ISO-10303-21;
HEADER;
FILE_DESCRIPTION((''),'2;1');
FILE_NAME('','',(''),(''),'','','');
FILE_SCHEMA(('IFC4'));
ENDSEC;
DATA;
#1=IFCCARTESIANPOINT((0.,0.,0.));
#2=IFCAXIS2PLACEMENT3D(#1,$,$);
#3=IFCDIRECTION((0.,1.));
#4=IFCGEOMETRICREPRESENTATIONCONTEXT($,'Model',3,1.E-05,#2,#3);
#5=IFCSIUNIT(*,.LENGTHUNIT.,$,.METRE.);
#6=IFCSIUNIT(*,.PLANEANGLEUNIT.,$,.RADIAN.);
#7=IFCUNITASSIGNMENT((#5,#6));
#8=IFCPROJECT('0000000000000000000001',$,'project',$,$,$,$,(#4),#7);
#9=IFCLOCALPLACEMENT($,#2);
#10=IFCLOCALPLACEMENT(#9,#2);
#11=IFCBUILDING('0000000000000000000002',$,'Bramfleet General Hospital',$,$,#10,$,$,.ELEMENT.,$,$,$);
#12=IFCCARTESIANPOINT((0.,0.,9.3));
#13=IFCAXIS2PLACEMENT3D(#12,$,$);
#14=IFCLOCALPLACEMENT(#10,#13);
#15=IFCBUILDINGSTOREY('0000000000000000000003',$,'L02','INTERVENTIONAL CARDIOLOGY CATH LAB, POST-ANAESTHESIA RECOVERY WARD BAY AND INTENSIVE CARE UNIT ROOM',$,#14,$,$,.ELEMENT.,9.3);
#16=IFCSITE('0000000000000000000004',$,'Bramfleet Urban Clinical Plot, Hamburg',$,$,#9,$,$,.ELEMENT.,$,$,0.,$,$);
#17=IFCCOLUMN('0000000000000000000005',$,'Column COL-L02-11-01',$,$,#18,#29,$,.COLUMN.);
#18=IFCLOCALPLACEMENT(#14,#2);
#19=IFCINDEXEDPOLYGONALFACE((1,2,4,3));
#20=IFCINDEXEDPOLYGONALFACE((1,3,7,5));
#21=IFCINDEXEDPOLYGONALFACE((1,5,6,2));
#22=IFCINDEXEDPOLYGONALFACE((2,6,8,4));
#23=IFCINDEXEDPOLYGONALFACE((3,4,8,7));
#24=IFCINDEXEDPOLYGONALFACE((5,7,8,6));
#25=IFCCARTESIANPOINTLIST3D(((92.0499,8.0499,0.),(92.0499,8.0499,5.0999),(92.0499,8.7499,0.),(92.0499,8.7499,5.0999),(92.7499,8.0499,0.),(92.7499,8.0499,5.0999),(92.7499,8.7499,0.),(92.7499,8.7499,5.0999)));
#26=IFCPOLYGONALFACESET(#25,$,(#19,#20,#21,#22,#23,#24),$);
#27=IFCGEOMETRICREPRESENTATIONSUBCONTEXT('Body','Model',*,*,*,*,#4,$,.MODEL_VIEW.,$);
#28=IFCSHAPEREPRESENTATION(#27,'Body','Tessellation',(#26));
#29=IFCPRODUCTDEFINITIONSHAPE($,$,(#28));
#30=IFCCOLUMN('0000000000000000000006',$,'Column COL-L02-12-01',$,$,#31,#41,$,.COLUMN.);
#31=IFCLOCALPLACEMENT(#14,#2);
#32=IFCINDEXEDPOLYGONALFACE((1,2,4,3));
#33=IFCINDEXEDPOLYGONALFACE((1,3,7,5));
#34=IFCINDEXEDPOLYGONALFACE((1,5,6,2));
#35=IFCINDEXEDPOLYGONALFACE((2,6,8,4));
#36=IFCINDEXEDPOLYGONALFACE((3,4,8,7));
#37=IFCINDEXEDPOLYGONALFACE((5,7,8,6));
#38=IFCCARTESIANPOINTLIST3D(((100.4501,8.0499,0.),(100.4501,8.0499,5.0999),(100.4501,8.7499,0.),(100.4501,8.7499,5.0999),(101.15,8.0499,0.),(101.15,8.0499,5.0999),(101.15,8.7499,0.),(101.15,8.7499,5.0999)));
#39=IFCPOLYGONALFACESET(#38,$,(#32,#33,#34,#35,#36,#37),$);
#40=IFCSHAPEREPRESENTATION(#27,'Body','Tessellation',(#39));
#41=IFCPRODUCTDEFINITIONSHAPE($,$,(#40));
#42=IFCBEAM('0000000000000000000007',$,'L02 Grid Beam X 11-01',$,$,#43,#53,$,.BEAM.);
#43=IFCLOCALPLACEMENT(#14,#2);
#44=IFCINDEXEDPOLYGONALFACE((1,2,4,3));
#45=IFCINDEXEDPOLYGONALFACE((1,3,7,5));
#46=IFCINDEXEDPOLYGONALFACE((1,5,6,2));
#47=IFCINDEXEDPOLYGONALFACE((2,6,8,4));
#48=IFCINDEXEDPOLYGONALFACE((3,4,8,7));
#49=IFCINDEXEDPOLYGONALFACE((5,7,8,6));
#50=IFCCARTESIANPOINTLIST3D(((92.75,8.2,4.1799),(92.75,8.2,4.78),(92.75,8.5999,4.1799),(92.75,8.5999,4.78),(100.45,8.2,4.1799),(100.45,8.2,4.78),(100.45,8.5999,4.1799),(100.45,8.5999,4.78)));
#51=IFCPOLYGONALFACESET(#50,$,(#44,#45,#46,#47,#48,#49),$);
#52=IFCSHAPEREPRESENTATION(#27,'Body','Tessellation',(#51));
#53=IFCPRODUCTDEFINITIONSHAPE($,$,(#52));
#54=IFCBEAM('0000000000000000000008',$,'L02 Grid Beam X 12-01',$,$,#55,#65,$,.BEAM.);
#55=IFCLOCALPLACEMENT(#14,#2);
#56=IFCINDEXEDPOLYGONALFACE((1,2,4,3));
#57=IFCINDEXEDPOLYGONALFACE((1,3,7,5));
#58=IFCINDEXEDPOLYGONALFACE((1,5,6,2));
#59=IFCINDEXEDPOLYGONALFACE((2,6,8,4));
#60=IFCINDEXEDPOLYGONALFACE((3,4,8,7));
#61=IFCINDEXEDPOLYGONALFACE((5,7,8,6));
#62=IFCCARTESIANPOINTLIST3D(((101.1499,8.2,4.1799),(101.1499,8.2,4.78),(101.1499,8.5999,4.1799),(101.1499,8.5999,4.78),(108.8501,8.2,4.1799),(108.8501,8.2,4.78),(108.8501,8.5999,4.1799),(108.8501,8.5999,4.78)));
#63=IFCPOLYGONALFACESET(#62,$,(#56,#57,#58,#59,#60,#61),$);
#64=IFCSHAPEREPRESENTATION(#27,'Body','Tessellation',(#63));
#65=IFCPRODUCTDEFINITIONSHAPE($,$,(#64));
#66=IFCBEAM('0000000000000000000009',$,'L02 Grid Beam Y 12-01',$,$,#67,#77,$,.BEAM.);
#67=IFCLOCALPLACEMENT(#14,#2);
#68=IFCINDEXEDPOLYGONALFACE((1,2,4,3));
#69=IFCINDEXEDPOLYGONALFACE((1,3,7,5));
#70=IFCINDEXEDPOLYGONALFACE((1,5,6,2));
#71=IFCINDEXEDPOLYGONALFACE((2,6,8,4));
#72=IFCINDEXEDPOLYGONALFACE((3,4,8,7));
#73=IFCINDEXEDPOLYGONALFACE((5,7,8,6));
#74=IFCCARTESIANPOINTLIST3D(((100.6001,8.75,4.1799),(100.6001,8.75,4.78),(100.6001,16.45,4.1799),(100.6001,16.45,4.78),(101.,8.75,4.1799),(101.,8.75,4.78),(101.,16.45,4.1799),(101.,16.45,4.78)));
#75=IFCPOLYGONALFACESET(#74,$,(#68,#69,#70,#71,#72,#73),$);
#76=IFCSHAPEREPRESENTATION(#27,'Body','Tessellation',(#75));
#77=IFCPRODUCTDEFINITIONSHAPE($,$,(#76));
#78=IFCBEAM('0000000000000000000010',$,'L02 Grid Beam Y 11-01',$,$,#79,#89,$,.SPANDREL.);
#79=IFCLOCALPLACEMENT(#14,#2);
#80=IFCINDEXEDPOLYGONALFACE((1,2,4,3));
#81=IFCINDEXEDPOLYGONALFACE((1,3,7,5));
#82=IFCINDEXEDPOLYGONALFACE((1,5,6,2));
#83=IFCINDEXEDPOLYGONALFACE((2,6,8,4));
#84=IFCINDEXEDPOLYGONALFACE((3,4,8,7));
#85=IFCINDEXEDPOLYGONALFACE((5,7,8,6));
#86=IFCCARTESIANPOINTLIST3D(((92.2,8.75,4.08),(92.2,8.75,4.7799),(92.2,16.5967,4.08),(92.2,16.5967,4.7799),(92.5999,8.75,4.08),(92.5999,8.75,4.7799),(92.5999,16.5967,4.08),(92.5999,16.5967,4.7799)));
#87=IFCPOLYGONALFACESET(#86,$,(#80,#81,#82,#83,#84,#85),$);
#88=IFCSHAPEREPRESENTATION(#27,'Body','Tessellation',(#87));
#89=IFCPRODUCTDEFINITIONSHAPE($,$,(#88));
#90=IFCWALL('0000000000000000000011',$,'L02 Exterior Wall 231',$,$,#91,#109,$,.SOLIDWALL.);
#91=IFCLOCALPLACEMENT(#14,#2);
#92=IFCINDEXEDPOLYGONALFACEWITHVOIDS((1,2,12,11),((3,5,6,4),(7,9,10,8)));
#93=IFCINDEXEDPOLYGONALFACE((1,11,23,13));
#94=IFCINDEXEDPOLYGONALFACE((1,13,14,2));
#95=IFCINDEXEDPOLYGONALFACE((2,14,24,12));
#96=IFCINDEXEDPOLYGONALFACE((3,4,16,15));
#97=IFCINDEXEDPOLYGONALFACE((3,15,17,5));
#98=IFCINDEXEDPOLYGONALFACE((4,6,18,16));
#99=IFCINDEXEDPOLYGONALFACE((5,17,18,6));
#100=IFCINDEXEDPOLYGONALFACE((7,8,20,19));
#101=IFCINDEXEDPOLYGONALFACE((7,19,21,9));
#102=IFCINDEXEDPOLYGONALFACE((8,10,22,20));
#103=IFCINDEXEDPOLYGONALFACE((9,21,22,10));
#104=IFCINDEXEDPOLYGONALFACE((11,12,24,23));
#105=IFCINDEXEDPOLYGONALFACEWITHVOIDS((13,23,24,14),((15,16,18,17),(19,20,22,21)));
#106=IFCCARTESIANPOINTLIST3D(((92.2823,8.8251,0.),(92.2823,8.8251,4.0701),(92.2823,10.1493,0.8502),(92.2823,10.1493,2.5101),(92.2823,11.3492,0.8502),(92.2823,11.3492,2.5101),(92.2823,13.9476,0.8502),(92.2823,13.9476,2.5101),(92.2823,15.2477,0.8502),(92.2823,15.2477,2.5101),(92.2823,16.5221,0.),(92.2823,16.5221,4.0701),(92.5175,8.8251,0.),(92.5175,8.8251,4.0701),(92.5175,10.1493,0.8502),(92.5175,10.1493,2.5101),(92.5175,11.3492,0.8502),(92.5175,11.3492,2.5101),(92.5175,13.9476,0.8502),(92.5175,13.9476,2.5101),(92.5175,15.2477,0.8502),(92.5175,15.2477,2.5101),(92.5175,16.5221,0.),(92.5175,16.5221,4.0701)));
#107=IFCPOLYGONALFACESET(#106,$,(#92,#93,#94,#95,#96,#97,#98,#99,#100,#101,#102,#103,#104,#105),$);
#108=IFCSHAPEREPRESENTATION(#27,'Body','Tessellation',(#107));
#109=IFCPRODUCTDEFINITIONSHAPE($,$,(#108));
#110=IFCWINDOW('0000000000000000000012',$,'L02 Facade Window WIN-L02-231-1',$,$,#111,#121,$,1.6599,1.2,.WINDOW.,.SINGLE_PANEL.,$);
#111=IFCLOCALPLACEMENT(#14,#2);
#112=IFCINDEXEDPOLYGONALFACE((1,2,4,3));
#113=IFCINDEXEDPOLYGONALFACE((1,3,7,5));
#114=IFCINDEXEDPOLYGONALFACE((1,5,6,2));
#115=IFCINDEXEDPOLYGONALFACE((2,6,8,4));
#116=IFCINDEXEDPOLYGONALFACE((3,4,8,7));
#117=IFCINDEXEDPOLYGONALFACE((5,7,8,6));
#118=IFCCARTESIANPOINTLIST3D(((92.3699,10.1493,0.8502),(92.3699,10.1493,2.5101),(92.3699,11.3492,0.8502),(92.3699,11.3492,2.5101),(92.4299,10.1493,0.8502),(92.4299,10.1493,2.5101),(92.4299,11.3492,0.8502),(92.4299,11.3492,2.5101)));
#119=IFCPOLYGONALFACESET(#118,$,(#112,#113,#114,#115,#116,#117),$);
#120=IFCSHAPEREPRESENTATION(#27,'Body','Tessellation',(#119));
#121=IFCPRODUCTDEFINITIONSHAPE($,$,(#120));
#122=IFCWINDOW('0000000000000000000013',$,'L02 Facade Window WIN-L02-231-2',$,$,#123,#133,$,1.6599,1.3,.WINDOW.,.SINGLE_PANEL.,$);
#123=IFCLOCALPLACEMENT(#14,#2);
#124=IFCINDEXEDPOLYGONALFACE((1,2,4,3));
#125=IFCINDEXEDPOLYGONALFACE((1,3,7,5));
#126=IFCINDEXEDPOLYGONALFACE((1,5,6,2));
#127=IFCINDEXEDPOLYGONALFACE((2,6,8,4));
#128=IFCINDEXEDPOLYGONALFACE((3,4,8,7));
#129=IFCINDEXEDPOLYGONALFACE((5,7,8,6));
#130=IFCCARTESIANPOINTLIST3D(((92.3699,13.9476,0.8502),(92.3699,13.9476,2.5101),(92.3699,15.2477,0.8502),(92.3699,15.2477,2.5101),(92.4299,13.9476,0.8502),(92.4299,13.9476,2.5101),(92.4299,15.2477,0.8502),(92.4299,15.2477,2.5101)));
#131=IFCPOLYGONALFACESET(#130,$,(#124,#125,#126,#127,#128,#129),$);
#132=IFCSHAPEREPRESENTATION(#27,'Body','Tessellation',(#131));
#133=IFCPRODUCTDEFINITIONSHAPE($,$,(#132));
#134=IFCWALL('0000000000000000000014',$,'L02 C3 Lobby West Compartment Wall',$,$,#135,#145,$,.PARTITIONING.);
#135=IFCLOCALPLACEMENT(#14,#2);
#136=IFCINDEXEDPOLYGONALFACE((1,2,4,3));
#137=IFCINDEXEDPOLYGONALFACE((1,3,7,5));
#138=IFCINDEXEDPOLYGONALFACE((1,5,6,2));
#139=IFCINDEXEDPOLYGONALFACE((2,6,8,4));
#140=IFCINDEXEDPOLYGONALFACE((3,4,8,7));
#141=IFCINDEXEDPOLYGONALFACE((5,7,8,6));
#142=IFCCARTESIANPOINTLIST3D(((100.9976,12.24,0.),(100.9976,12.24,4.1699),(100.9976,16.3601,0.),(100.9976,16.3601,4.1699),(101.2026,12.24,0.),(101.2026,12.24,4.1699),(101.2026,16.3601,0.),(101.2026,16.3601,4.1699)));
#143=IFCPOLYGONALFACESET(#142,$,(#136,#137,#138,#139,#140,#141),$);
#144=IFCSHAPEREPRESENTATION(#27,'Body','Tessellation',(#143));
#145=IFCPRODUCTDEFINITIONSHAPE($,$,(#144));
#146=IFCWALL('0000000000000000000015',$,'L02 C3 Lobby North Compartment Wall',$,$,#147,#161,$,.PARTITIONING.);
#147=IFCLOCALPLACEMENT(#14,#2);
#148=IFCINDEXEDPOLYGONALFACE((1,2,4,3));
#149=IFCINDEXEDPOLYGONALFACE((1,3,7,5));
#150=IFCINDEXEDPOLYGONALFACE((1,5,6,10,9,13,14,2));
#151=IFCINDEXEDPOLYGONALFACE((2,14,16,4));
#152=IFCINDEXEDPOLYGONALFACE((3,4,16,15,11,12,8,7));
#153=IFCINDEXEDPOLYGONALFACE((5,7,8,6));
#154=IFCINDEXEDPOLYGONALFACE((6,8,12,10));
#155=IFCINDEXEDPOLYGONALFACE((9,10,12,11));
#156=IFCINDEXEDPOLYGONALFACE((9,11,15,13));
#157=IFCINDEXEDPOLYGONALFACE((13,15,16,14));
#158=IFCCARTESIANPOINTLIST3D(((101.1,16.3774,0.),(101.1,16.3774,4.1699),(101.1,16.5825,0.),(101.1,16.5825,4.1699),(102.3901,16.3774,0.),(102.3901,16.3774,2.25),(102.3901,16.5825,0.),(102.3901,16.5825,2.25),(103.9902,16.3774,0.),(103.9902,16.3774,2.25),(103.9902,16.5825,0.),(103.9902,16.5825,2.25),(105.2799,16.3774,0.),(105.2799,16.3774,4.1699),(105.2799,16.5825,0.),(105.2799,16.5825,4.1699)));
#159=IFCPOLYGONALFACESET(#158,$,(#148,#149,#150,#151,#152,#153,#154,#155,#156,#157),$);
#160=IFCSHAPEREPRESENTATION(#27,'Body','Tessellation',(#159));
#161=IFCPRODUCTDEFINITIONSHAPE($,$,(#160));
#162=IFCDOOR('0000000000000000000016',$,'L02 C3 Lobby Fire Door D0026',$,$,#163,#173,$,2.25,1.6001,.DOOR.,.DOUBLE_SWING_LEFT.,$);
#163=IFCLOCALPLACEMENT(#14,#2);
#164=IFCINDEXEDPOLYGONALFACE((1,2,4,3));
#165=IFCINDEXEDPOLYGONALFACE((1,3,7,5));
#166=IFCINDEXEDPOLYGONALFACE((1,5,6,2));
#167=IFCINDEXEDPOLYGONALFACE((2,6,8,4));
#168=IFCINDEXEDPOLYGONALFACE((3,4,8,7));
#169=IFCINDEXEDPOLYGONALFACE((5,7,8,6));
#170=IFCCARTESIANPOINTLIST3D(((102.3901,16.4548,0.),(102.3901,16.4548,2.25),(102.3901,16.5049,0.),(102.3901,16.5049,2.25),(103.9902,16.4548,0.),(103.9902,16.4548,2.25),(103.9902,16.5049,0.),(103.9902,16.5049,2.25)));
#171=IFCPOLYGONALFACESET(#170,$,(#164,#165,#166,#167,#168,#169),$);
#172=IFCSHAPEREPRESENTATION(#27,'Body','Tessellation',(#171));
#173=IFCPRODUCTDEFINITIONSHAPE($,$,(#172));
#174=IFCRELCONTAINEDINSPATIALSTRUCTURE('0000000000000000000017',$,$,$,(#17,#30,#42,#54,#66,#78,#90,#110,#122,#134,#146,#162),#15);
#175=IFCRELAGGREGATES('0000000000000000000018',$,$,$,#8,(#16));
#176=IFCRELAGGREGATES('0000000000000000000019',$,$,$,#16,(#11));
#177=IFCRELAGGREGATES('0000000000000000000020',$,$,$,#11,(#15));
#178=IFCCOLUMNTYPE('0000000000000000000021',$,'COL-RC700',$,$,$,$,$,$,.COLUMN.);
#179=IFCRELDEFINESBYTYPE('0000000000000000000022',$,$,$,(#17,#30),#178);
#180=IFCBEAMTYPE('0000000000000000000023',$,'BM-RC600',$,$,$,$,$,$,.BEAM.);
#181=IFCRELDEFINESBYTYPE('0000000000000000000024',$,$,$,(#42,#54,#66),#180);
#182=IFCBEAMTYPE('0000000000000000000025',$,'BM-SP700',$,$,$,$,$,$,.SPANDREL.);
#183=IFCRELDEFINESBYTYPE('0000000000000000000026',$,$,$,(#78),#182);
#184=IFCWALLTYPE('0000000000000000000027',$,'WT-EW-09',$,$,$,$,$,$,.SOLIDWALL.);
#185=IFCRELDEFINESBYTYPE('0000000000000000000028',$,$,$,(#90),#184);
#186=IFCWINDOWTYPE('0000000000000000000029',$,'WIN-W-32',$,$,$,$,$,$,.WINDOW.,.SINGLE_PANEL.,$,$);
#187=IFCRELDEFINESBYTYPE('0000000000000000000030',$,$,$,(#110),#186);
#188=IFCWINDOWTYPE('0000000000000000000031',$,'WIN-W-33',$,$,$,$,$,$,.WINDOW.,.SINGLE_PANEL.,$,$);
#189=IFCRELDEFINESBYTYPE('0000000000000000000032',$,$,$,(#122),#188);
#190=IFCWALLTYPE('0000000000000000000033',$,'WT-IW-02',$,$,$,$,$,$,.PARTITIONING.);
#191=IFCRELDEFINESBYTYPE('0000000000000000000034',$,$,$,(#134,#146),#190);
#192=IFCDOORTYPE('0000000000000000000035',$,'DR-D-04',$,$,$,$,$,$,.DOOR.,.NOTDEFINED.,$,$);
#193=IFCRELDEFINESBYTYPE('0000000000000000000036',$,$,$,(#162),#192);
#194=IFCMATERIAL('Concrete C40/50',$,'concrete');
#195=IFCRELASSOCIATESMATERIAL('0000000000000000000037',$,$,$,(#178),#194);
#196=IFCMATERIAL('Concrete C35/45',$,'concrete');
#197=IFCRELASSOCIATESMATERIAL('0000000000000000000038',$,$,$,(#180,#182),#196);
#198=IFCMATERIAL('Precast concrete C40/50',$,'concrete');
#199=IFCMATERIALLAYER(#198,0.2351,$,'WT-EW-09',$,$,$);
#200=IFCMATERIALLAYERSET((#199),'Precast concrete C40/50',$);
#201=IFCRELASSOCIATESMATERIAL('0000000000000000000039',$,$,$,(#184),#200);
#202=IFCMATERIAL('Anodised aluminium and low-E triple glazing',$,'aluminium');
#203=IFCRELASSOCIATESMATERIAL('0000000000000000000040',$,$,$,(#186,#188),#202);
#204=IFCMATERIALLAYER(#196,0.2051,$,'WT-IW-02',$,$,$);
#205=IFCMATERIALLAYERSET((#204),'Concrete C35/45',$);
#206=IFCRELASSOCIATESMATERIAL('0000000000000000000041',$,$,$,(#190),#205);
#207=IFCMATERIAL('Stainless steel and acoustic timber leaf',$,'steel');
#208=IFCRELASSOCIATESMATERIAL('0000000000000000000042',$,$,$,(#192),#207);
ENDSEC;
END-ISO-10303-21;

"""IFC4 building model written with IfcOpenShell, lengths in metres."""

from ifc_helpers import new_model, si_unit, direction, frame, frame_2d, origin, origin_2d, place, context, subcontext, project, spatial, rectangle, extrude, material, layer, layer_set, material_profile, profile_set, type_object, element, fill, save


model = new_model("IFC4")

# Units and contexts
model_context = context("Model", 3, precision=1e-05, world=origin(), true_north=direction((0.0, 1.0)))
body_context = subcontext(model_context, "Body", "Model", "MODEL_VIEW")
ifc_project = project(units=[si_unit("LENGTHUNIT", "METRE"), si_unit("PLANEANGLEUNIT", "RADIAN")], contexts=[model_context])

# Site, building, storey
site_placement = place(None, origin())
site = spatial("IfcSite", under=ifc_project, at=site_placement, Name="Bramfleet Urban Clinical Plot, Hamburg", CompositionType="ELEMENT", RefElevation=0.0)
building_placement = place(site_placement, origin())
building = spatial("IfcBuilding", under=site, at=building_placement, Name="Bramfleet General Hospital", CompositionType="ELEMENT")
storey_placement = place(building_placement, frame((0.0, 0.0, 9.3)))
storey = spatial("IfcBuildingStorey", under=building, at=storey_placement, Name="L02", Description="INTERVENTIONAL CARDIOLOGY CATH LAB, POST-ANAESTHESIA RECOVERY WARD BAY AND INTENSIVE CARE UNIT ROOM", CompositionType="ELEMENT", Elevation=9.3)

# Columns
ifc_material_1 = material(Name="Concrete C40/50", Category="concrete")
ifc_material_profile_1 = material_profile(ifc_material_1, rectangle(XDim=0.7, YDim=0.7, at=origin_2d()), Name="RC COL 700x700")
ifc_profile_set_1 = profile_set([ifc_material_profile_1], Name="Concrete C40/50")
column_type = type_object("IfcColumnType", Name="COL-RC700", PredefinedType="COLUMN", material=ifc_profile_set_1)
for number, where, z_axis, x_axis, name in (
    (1, (92.3999, 8.3999, 0.0), (0.0, 0.0, 1.0), (1.0, 0.0, 0.0), "Column COL-L02-11-01"),
    (2, (100.8, 8.3999, 0.0), (0.0, 0.0, 1.0), (1.0, 0.0, 0.0), "Column COL-L02-12-01"),
):
    element("IfcColumn", number, at=place(storey_placement, frame(where, z_axis=z_axis, x_axis=x_axis)), inside=storey, type_object=column_type, Name=name, PredefinedType="COLUMN", context=body_context, shape_type="SweptSolid", body=[
        extrude(rectangle(XDim=0.7, YDim=0.7, at=origin_2d()), origin(), (0.0, 0.0, 1.0), 5.0999),
    ])

# Beams
ifc_material_2 = material(Name="Concrete C35/45", Category="concrete")
ifc_material_profile_2 = material_profile(ifc_material_2, rectangle(XDim=0.3999, YDim=0.6001, at=origin_2d()), Name="RC BM 600x400")
ifc_profile_set_2 = profile_set([ifc_material_profile_2], Name="Concrete C35/45")
beam_type_1 = type_object("IfcBeamType", Name="BM-RC600", PredefinedType="BEAM", material=ifc_profile_set_2)
beam_1_placement = place(storey_placement, frame((92.75, 8.3999, 4.48), z_axis=(1.0, 0.0, 0.0), x_axis=(0.0, 1.0, 0.0)))
element("IfcBeam", 3, at=beam_1_placement, inside=storey, type_object=beam_type_1, Name="L02 Grid Beam X 11-01", PredefinedType="BEAM", context=body_context, shape_type="SweptSolid", body=[
    extrude(rectangle(XDim=0.3999, YDim=0.6001, at=origin_2d()), origin(), (0.0, 0.0, 1.0), 7.7),
])
beam_2_placement = place(storey_placement, frame((101.1499, 8.3999, 4.48), z_axis=(1.0, 0.0, 0.0), x_axis=(0.0, 1.0, 0.0)))
element("IfcBeam", 4, at=beam_2_placement, inside=storey, type_object=beam_type_1, Name="L02 Grid Beam X 12-01", PredefinedType="BEAM", context=body_context, shape_type="SweptSolid", body=[
    extrude(rectangle(XDim=0.3999, YDim=0.6001, at=origin_2d()), origin(), (0.0, 0.0, 1.0), 7.7002),
])
beam_3_placement = place(storey_placement, frame((100.8, 8.75, 4.48), z_axis=(0.0, 1.0, 0.0), x_axis=(-1.0, 0.0, 0.0)))
element("IfcBeam", 5, at=beam_3_placement, inside=storey, type_object=beam_type_1, Name="L02 Grid Beam Y 12-01", PredefinedType="BEAM", context=body_context, shape_type="SweptSolid", body=[
    extrude(rectangle(XDim=0.3999, YDim=0.6001, at=origin_2d()), origin(), (0.0, 0.0, 1.0), 7.7),
])
ifc_material_profile_3 = material_profile(ifc_material_2, rectangle(XDim=0.3999, YDim=0.7, at=origin_2d()), Name="RC SP 700x400")
ifc_profile_set_3 = profile_set([ifc_material_profile_3], Name="Concrete C35/45")
beam_type_2 = type_object("IfcBeamType", Name="BM-SP700", PredefinedType="SPANDREL", material=ifc_profile_set_3)
beam_4_placement = place(storey_placement, frame((92.3999, 8.75, 4.4299), z_axis=(0.0, 1.0, 0.0), x_axis=(-1.0, 0.0, 0.0)))
element("IfcBeam", 6, at=beam_4_placement, inside=storey, type_object=beam_type_2, Name="L02 Grid Beam Y 11-01", PredefinedType="SPANDREL", context=body_context, shape_type="SweptSolid", body=[
    extrude(rectangle(XDim=0.3999, YDim=0.7, at=origin_2d()), origin(), (0.0, 0.0, 1.0), 7.8467),
])

# Wall, openings, windows
ifc_material_3 = material(Name="Precast concrete C40/50", Category="concrete")
ifc_layer_1 = layer(ifc_material_3, 0.2351, Name="WT-EW-09")
ifc_layer_set_1 = layer_set([ifc_layer_1], Name="Precast concrete C40/50")
wall_type_1 = type_object("IfcWallType", Name="WT-EW-09", PredefinedType="SOLIDWALL", material=ifc_layer_set_1)
wall_1_placement = place(storey_placement, frame((92.3999, 8.825, 0.0), z_axis=(0.0, 0.0, 1.0), x_axis=(0.0, 1.0, 0.0)))
wall_1 = element("IfcWall", 7, at=wall_1_placement, inside=storey, type_object=wall_type_1, Name="L02 Exterior Wall 231", PredefinedType="SOLIDWALL", context=body_context, shape_type="SweptSolid", body=[
    extrude(rectangle(XDim=7.697, YDim=0.2351, at=frame_2d((3.8486, 0.0))), origin(), (0.0, 0.0, 1.0), 4.0701),
])
opening_1_placement = place(wall_1_placement, frame((1.3242, 0.0, 0.8501)))
opening_1 = element("IfcOpeningElement", 8, at=opening_1_placement, cuts=wall_1, PredefinedType="OPENING", context=body_context, shape_type="SweptSolid", body=[
    extrude(rectangle(XDim=1.2, YDim=1.6599, at=frame_2d((0.6001, 0.8301))), frame((0.0, 0.1274, 0.0), z_axis=(0.0, -1.0, 0.0), x_axis=(1.0, 0.0, 0.0)), (0.0, 0.0, 1.0), 0.2551),
])
opening_2_placement = place(wall_1_placement, frame((5.1228, 0.0, 0.8501)))
opening_2 = element("IfcOpeningElement", 9, at=opening_2_placement, cuts=wall_1, PredefinedType="OPENING", context=body_context, shape_type="SweptSolid", body=[
    extrude(rectangle(XDim=1.3, YDim=1.6599, at=frame_2d((0.6499, 0.8301))), frame((0.0, 0.1274, 0.0), z_axis=(0.0, -1.0, 0.0), x_axis=(1.0, 0.0, 0.0)), (0.0, 0.0, 1.0), 0.2551),
])
ifc_material_4 = material(Name="Anodised aluminium and low-E triple glazing", Category="aluminium")
window_type_1 = type_object("IfcWindowType", Name="WIN-W-32", PartitioningType="SINGLE_PANEL", PredefinedType="WINDOW", material=ifc_material_4)
window_1_placement = place(opening_1_placement, origin())
window_1 = element("IfcWindow", 10, at=window_1_placement, inside=storey, type_object=window_type_1, Name="L02 Facade Window WIN-L02-231-1", OverallHeight=1.6599, OverallWidth=1.2, PartitioningType="SINGLE_PANEL", PredefinedType="WINDOW", context=body_context, shape_type="SweptSolid", body=[
    extrude(rectangle(XDim=1.2, YDim=1.6599, at=frame_2d((0.6001, 0.8301))), frame((0.0, 0.03, 0.0), z_axis=(0.0, -1.0, 0.0), x_axis=(1.0, 0.0, 0.0)), (0.0, 0.0, 1.0), 0.0601),
])
fill(opening_1, window_1)
window_type_2 = type_object("IfcWindowType", Name="WIN-W-33", PartitioningType="SINGLE_PANEL", PredefinedType="WINDOW", material=ifc_material_4)
window_2_placement = place(opening_2_placement, origin())
window_2 = element("IfcWindow", 11, at=window_2_placement, inside=storey, type_object=window_type_2, Name="L02 Facade Window WIN-L02-231-2", OverallHeight=1.6599, OverallWidth=1.3, PartitioningType="SINGLE_PANEL", PredefinedType="WINDOW", context=body_context, shape_type="SweptSolid", body=[
    extrude(rectangle(XDim=1.3, YDim=1.6599, at=frame_2d((0.6499, 0.8301))), frame((0.0, 0.03, 0.0), z_axis=(0.0, -1.0, 0.0), x_axis=(1.0, 0.0, 0.0)), (0.0, 0.0, 1.0), 0.0601),
])
fill(opening_2, window_2)

# Wall
ifc_layer_2 = layer(ifc_material_2, 0.2051, Name="WT-IW-02")
ifc_layer_set_2 = layer_set([ifc_layer_2], Name="Concrete C35/45")
wall_type_2 = type_object("IfcWallType", Name="WT-IW-02", PredefinedType="PARTITIONING", material=ifc_layer_set_2)
wall_2_placement = place(storey_placement, frame((101.1001, 12.24, 0.0), z_axis=(0.0, 0.0, 1.0), x_axis=(0.0, 1.0, 0.0)))
element("IfcWall", 12, at=wall_2_placement, inside=storey, type_object=wall_type_2, Name="L02 C3 Lobby West Compartment Wall", PredefinedType="PARTITIONING", context=body_context, shape_type="SweptSolid", body=[
    extrude(rectangle(XDim=4.1201, YDim=0.2051, at=frame_2d((2.0601, 0.0))), origin(), (0.0, 0.0, 1.0), 4.1699),
])

# Wall, opening, door
wall_3_placement = place(storey_placement, frame((101.1001, 16.48, 0.0), z_axis=(0.0, 0.0, 1.0), x_axis=(1.0, 0.0, 0.0)))
wall_3 = element("IfcWall", 13, at=wall_3_placement, inside=storey, type_object=wall_type_2, Name="L02 C3 Lobby North Compartment Wall", PredefinedType="PARTITIONING", context=body_context, shape_type="SweptSolid", body=[
    extrude(rectangle(XDim=4.1799, YDim=0.2051, at=frame_2d((2.0898, 0.0))), origin(), (0.0, 0.0, 1.0), 4.1699),
])
opening_3_placement = place(wall_3_placement, frame((1.29, 0.0, 0.0)))
opening_3 = element("IfcOpeningElement", 14, at=opening_3_placement, cuts=wall_3, PredefinedType="OPENING", context=body_context, shape_type="SweptSolid", body=[
    extrude(rectangle(XDim=1.6001, YDim=2.25, at=frame_2d((0.8, 1.125))), frame((0.0, 0.1125, 0.0), z_axis=(0.0, -1.0, 0.0), x_axis=(1.0, 0.0, 0.0)), (0.0, 0.0, 1.0), 0.2251),
])
ifc_material_5 = material(Name="Stainless steel and acoustic timber leaf", Category="steel")
door_type_1 = type_object("IfcDoorType", Name="DR-D-04", OperationType="NOTDEFINED", PredefinedType="DOOR", material=ifc_material_5)
door_1_placement = place(opening_3_placement, origin())
door_1 = element("IfcDoor", 15, at=door_1_placement, inside=storey, type_object=door_type_1, Name="L02 C3 Lobby Fire Door D0026", OperationType="DOUBLE_SWING_LEFT", OverallHeight=2.25, OverallWidth=1.6001, PredefinedType="DOOR", context=body_context, shape_type="SweptSolid", body=[
    extrude(rectangle(XDim=1.6001, YDim=2.25, at=frame_2d((0.8, 1.125))), frame((0.0, 0.0249, 0.0), z_axis=(0.0, -1.0, 0.0), x_axis=(1.0, 0.0, 0.0)), (0.0, 0.0, 1.0), 0.05),
])
fill(opening_3, door_1)

save(model, "model.ifc")
